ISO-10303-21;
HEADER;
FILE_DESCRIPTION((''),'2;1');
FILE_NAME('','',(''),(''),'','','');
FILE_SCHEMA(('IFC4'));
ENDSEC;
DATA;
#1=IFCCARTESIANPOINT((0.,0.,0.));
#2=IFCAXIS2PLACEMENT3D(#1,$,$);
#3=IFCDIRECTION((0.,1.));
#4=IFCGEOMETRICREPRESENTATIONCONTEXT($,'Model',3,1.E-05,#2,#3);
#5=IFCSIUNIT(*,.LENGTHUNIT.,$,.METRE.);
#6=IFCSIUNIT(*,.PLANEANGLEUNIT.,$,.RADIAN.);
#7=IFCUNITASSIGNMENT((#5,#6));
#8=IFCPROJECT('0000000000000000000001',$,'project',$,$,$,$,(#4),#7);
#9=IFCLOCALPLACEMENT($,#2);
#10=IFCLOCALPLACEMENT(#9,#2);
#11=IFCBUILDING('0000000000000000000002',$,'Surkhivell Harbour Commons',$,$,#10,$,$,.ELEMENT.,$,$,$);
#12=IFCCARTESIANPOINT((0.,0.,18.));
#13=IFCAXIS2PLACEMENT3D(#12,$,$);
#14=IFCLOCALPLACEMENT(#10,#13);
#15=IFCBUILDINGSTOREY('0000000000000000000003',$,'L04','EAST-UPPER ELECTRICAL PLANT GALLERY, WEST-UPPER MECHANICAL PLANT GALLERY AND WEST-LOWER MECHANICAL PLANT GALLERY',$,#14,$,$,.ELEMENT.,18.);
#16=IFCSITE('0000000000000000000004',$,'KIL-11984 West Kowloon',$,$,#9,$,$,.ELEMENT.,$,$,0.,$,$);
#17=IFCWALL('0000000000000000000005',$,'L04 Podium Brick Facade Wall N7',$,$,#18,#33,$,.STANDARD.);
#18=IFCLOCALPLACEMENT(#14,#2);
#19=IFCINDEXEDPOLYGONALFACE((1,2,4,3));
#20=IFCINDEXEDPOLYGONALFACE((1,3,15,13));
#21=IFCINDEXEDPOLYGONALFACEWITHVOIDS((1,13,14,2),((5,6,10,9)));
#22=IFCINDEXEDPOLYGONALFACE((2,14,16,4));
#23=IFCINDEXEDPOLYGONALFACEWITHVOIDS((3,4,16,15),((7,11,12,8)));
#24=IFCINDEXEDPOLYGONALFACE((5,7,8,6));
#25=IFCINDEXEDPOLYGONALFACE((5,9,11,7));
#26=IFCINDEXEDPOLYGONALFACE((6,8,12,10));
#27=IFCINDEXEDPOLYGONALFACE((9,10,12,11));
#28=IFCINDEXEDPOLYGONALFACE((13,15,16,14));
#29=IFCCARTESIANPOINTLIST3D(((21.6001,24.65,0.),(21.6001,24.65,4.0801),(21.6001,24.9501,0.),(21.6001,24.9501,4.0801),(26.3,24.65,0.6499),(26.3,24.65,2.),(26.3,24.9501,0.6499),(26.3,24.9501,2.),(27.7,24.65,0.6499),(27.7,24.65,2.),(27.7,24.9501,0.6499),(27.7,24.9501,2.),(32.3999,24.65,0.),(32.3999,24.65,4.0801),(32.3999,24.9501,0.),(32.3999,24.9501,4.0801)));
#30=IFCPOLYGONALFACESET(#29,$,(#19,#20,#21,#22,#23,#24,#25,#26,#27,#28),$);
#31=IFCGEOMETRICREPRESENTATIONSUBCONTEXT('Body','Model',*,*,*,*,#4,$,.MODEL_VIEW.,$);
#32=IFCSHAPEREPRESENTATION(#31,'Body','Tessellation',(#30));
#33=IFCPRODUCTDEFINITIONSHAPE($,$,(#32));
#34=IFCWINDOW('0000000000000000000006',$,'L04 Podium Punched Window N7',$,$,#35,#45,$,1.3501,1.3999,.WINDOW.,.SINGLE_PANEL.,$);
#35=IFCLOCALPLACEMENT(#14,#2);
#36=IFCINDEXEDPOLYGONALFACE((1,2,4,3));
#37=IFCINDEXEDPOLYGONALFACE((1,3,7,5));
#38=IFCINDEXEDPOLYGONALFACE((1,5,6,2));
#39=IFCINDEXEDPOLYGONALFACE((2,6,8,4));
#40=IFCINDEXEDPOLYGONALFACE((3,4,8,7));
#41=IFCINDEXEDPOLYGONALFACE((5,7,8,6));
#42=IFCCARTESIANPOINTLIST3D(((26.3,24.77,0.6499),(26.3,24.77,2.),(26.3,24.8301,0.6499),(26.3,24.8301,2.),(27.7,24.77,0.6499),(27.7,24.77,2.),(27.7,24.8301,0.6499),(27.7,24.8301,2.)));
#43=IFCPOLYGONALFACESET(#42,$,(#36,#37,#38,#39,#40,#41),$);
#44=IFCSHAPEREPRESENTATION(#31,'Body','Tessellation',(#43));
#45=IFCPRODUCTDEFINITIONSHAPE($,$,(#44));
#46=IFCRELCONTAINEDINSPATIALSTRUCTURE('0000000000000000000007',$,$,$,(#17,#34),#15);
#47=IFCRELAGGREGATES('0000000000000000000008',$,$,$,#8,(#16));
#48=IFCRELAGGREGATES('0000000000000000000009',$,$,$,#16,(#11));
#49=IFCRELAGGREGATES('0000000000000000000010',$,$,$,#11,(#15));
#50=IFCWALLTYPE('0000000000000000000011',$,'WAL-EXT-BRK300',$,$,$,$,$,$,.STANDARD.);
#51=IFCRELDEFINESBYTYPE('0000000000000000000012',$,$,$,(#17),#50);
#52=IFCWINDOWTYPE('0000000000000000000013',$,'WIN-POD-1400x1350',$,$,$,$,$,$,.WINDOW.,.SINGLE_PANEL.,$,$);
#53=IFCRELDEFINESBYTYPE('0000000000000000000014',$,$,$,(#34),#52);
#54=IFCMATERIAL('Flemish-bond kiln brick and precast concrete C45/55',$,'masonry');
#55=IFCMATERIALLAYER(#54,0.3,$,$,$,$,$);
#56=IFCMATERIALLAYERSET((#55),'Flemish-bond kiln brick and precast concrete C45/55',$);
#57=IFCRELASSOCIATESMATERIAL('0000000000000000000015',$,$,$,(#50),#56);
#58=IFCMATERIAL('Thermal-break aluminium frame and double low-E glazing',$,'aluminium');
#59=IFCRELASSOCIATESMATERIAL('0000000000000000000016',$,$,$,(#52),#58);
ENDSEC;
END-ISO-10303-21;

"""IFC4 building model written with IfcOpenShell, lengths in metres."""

from ifc_helpers import new_model, si_unit, direction, frame, frame_2d, origin, place, context, subcontext, project, spatial, rectangle, extrude, material, layer, layer_set, type_object, element, fill, save


model = new_model("IFC4")

# Units and contexts
model_context = context("Model", 3, precision=1e-05, world=origin(), true_north=direction((0.0, 1.0)))
body_context = subcontext(model_context, "Body", "Model", "MODEL_VIEW")
ifc_project = project(units=[si_unit("LENGTHUNIT", "METRE"), si_unit("PLANEANGLEUNIT", "RADIAN")], contexts=[model_context])

# Site, building, storey
site_placement = place(None, origin())
site = spatial("IfcSite", under=ifc_project, at=site_placement, Name="KIL-11984 West Kowloon", CompositionType="ELEMENT", RefElevation=0.0)
building_placement = place(site_placement, origin())
building = spatial("IfcBuilding", under=site, at=building_placement, Name="Surkhivell Harbour Commons", CompositionType="ELEMENT")
storey_placement = place(building_placement, frame((0.0, 0.0, 18.0)))
storey = spatial("IfcBuildingStorey", under=building, at=storey_placement, Name="L04", Description="EAST-UPPER ELECTRICAL PLANT GALLERY, WEST-UPPER MECHANICAL PLANT GALLERY AND WEST-LOWER MECHANICAL PLANT GALLERY", CompositionType="ELEMENT", Elevation=18.0)

# Wall, opening, window
ifc_material_1 = material(Name="Flemish-bond kiln brick and precast concrete C45/55", Category="masonry")
ifc_layer_1 = layer(ifc_material_1, 0.3)
ifc_layer_set_1 = layer_set([ifc_layer_1], Name="Flemish-bond kiln brick and precast concrete C45/55")
wall_type = type_object("IfcWallType", Name="WAL-EXT-BRK300", PredefinedType="STANDARD", material=ifc_layer_set_1)
wall_placement = place(storey_placement, frame((21.6001, 24.8, 0.0), z_axis=(0.0, 0.0, 1.0), x_axis=(1.0, 0.0, 0.0)))
wall = element("IfcWall", 1, at=wall_placement, inside=storey, type_object=wall_type, Name="L04 Podium Brick Facade Wall N7", PredefinedType="STANDARD", context=body_context, shape_type="SweptSolid", body=[
    extrude(rectangle(XDim=10.7998, YDim=0.3, at=frame_2d((5.3999, 0.0))), origin(), (0.0, 0.0, 1.0), 4.0801),
])
opening_placement = place(wall_placement, frame((4.7, 0.0, 0.6499)))
opening = element("IfcOpeningElement", 2, at=opening_placement, cuts=wall, PredefinedType="OPENING", context=body_context, shape_type="SweptSolid", body=[
    extrude(rectangle(XDim=1.3999, YDim=1.3501, at=frame_2d((0.7, 0.675))), frame((0.0, 0.1599, 0.0), z_axis=(0.0, -1.0, 0.0), x_axis=(1.0, 0.0, 0.0)), (0.0, 0.0, 1.0), 0.3201),
])
ifc_material_2 = material(Name="Thermal-break aluminium frame and double low-E glazing", Category="aluminium")
window_type = type_object("IfcWindowType", Name="WIN-POD-1400x1350", PartitioningType="SINGLE_PANEL", PredefinedType="WINDOW", material=ifc_material_2)
window_placement = place(opening_placement, origin())
window = element("IfcWindow", 3, at=window_placement, inside=storey, type_object=window_type, Name="L04 Podium Punched Window N7", OverallHeight=1.3501, OverallWidth=1.3999, PartitioningType="SINGLE_PANEL", PredefinedType="WINDOW", context=body_context, shape_type="SweptSolid", body=[
    extrude(rectangle(XDim=1.3999, YDim=1.3501, at=frame_2d((0.7, 0.675))), frame((0.0, 0.03, 0.0), z_axis=(0.0, -1.0, 0.0), x_axis=(1.0, 0.0, 0.0)), (0.0, 0.0, 1.0), 0.0601),
])
fill(opening, window)

save(model, "model.ifc")
